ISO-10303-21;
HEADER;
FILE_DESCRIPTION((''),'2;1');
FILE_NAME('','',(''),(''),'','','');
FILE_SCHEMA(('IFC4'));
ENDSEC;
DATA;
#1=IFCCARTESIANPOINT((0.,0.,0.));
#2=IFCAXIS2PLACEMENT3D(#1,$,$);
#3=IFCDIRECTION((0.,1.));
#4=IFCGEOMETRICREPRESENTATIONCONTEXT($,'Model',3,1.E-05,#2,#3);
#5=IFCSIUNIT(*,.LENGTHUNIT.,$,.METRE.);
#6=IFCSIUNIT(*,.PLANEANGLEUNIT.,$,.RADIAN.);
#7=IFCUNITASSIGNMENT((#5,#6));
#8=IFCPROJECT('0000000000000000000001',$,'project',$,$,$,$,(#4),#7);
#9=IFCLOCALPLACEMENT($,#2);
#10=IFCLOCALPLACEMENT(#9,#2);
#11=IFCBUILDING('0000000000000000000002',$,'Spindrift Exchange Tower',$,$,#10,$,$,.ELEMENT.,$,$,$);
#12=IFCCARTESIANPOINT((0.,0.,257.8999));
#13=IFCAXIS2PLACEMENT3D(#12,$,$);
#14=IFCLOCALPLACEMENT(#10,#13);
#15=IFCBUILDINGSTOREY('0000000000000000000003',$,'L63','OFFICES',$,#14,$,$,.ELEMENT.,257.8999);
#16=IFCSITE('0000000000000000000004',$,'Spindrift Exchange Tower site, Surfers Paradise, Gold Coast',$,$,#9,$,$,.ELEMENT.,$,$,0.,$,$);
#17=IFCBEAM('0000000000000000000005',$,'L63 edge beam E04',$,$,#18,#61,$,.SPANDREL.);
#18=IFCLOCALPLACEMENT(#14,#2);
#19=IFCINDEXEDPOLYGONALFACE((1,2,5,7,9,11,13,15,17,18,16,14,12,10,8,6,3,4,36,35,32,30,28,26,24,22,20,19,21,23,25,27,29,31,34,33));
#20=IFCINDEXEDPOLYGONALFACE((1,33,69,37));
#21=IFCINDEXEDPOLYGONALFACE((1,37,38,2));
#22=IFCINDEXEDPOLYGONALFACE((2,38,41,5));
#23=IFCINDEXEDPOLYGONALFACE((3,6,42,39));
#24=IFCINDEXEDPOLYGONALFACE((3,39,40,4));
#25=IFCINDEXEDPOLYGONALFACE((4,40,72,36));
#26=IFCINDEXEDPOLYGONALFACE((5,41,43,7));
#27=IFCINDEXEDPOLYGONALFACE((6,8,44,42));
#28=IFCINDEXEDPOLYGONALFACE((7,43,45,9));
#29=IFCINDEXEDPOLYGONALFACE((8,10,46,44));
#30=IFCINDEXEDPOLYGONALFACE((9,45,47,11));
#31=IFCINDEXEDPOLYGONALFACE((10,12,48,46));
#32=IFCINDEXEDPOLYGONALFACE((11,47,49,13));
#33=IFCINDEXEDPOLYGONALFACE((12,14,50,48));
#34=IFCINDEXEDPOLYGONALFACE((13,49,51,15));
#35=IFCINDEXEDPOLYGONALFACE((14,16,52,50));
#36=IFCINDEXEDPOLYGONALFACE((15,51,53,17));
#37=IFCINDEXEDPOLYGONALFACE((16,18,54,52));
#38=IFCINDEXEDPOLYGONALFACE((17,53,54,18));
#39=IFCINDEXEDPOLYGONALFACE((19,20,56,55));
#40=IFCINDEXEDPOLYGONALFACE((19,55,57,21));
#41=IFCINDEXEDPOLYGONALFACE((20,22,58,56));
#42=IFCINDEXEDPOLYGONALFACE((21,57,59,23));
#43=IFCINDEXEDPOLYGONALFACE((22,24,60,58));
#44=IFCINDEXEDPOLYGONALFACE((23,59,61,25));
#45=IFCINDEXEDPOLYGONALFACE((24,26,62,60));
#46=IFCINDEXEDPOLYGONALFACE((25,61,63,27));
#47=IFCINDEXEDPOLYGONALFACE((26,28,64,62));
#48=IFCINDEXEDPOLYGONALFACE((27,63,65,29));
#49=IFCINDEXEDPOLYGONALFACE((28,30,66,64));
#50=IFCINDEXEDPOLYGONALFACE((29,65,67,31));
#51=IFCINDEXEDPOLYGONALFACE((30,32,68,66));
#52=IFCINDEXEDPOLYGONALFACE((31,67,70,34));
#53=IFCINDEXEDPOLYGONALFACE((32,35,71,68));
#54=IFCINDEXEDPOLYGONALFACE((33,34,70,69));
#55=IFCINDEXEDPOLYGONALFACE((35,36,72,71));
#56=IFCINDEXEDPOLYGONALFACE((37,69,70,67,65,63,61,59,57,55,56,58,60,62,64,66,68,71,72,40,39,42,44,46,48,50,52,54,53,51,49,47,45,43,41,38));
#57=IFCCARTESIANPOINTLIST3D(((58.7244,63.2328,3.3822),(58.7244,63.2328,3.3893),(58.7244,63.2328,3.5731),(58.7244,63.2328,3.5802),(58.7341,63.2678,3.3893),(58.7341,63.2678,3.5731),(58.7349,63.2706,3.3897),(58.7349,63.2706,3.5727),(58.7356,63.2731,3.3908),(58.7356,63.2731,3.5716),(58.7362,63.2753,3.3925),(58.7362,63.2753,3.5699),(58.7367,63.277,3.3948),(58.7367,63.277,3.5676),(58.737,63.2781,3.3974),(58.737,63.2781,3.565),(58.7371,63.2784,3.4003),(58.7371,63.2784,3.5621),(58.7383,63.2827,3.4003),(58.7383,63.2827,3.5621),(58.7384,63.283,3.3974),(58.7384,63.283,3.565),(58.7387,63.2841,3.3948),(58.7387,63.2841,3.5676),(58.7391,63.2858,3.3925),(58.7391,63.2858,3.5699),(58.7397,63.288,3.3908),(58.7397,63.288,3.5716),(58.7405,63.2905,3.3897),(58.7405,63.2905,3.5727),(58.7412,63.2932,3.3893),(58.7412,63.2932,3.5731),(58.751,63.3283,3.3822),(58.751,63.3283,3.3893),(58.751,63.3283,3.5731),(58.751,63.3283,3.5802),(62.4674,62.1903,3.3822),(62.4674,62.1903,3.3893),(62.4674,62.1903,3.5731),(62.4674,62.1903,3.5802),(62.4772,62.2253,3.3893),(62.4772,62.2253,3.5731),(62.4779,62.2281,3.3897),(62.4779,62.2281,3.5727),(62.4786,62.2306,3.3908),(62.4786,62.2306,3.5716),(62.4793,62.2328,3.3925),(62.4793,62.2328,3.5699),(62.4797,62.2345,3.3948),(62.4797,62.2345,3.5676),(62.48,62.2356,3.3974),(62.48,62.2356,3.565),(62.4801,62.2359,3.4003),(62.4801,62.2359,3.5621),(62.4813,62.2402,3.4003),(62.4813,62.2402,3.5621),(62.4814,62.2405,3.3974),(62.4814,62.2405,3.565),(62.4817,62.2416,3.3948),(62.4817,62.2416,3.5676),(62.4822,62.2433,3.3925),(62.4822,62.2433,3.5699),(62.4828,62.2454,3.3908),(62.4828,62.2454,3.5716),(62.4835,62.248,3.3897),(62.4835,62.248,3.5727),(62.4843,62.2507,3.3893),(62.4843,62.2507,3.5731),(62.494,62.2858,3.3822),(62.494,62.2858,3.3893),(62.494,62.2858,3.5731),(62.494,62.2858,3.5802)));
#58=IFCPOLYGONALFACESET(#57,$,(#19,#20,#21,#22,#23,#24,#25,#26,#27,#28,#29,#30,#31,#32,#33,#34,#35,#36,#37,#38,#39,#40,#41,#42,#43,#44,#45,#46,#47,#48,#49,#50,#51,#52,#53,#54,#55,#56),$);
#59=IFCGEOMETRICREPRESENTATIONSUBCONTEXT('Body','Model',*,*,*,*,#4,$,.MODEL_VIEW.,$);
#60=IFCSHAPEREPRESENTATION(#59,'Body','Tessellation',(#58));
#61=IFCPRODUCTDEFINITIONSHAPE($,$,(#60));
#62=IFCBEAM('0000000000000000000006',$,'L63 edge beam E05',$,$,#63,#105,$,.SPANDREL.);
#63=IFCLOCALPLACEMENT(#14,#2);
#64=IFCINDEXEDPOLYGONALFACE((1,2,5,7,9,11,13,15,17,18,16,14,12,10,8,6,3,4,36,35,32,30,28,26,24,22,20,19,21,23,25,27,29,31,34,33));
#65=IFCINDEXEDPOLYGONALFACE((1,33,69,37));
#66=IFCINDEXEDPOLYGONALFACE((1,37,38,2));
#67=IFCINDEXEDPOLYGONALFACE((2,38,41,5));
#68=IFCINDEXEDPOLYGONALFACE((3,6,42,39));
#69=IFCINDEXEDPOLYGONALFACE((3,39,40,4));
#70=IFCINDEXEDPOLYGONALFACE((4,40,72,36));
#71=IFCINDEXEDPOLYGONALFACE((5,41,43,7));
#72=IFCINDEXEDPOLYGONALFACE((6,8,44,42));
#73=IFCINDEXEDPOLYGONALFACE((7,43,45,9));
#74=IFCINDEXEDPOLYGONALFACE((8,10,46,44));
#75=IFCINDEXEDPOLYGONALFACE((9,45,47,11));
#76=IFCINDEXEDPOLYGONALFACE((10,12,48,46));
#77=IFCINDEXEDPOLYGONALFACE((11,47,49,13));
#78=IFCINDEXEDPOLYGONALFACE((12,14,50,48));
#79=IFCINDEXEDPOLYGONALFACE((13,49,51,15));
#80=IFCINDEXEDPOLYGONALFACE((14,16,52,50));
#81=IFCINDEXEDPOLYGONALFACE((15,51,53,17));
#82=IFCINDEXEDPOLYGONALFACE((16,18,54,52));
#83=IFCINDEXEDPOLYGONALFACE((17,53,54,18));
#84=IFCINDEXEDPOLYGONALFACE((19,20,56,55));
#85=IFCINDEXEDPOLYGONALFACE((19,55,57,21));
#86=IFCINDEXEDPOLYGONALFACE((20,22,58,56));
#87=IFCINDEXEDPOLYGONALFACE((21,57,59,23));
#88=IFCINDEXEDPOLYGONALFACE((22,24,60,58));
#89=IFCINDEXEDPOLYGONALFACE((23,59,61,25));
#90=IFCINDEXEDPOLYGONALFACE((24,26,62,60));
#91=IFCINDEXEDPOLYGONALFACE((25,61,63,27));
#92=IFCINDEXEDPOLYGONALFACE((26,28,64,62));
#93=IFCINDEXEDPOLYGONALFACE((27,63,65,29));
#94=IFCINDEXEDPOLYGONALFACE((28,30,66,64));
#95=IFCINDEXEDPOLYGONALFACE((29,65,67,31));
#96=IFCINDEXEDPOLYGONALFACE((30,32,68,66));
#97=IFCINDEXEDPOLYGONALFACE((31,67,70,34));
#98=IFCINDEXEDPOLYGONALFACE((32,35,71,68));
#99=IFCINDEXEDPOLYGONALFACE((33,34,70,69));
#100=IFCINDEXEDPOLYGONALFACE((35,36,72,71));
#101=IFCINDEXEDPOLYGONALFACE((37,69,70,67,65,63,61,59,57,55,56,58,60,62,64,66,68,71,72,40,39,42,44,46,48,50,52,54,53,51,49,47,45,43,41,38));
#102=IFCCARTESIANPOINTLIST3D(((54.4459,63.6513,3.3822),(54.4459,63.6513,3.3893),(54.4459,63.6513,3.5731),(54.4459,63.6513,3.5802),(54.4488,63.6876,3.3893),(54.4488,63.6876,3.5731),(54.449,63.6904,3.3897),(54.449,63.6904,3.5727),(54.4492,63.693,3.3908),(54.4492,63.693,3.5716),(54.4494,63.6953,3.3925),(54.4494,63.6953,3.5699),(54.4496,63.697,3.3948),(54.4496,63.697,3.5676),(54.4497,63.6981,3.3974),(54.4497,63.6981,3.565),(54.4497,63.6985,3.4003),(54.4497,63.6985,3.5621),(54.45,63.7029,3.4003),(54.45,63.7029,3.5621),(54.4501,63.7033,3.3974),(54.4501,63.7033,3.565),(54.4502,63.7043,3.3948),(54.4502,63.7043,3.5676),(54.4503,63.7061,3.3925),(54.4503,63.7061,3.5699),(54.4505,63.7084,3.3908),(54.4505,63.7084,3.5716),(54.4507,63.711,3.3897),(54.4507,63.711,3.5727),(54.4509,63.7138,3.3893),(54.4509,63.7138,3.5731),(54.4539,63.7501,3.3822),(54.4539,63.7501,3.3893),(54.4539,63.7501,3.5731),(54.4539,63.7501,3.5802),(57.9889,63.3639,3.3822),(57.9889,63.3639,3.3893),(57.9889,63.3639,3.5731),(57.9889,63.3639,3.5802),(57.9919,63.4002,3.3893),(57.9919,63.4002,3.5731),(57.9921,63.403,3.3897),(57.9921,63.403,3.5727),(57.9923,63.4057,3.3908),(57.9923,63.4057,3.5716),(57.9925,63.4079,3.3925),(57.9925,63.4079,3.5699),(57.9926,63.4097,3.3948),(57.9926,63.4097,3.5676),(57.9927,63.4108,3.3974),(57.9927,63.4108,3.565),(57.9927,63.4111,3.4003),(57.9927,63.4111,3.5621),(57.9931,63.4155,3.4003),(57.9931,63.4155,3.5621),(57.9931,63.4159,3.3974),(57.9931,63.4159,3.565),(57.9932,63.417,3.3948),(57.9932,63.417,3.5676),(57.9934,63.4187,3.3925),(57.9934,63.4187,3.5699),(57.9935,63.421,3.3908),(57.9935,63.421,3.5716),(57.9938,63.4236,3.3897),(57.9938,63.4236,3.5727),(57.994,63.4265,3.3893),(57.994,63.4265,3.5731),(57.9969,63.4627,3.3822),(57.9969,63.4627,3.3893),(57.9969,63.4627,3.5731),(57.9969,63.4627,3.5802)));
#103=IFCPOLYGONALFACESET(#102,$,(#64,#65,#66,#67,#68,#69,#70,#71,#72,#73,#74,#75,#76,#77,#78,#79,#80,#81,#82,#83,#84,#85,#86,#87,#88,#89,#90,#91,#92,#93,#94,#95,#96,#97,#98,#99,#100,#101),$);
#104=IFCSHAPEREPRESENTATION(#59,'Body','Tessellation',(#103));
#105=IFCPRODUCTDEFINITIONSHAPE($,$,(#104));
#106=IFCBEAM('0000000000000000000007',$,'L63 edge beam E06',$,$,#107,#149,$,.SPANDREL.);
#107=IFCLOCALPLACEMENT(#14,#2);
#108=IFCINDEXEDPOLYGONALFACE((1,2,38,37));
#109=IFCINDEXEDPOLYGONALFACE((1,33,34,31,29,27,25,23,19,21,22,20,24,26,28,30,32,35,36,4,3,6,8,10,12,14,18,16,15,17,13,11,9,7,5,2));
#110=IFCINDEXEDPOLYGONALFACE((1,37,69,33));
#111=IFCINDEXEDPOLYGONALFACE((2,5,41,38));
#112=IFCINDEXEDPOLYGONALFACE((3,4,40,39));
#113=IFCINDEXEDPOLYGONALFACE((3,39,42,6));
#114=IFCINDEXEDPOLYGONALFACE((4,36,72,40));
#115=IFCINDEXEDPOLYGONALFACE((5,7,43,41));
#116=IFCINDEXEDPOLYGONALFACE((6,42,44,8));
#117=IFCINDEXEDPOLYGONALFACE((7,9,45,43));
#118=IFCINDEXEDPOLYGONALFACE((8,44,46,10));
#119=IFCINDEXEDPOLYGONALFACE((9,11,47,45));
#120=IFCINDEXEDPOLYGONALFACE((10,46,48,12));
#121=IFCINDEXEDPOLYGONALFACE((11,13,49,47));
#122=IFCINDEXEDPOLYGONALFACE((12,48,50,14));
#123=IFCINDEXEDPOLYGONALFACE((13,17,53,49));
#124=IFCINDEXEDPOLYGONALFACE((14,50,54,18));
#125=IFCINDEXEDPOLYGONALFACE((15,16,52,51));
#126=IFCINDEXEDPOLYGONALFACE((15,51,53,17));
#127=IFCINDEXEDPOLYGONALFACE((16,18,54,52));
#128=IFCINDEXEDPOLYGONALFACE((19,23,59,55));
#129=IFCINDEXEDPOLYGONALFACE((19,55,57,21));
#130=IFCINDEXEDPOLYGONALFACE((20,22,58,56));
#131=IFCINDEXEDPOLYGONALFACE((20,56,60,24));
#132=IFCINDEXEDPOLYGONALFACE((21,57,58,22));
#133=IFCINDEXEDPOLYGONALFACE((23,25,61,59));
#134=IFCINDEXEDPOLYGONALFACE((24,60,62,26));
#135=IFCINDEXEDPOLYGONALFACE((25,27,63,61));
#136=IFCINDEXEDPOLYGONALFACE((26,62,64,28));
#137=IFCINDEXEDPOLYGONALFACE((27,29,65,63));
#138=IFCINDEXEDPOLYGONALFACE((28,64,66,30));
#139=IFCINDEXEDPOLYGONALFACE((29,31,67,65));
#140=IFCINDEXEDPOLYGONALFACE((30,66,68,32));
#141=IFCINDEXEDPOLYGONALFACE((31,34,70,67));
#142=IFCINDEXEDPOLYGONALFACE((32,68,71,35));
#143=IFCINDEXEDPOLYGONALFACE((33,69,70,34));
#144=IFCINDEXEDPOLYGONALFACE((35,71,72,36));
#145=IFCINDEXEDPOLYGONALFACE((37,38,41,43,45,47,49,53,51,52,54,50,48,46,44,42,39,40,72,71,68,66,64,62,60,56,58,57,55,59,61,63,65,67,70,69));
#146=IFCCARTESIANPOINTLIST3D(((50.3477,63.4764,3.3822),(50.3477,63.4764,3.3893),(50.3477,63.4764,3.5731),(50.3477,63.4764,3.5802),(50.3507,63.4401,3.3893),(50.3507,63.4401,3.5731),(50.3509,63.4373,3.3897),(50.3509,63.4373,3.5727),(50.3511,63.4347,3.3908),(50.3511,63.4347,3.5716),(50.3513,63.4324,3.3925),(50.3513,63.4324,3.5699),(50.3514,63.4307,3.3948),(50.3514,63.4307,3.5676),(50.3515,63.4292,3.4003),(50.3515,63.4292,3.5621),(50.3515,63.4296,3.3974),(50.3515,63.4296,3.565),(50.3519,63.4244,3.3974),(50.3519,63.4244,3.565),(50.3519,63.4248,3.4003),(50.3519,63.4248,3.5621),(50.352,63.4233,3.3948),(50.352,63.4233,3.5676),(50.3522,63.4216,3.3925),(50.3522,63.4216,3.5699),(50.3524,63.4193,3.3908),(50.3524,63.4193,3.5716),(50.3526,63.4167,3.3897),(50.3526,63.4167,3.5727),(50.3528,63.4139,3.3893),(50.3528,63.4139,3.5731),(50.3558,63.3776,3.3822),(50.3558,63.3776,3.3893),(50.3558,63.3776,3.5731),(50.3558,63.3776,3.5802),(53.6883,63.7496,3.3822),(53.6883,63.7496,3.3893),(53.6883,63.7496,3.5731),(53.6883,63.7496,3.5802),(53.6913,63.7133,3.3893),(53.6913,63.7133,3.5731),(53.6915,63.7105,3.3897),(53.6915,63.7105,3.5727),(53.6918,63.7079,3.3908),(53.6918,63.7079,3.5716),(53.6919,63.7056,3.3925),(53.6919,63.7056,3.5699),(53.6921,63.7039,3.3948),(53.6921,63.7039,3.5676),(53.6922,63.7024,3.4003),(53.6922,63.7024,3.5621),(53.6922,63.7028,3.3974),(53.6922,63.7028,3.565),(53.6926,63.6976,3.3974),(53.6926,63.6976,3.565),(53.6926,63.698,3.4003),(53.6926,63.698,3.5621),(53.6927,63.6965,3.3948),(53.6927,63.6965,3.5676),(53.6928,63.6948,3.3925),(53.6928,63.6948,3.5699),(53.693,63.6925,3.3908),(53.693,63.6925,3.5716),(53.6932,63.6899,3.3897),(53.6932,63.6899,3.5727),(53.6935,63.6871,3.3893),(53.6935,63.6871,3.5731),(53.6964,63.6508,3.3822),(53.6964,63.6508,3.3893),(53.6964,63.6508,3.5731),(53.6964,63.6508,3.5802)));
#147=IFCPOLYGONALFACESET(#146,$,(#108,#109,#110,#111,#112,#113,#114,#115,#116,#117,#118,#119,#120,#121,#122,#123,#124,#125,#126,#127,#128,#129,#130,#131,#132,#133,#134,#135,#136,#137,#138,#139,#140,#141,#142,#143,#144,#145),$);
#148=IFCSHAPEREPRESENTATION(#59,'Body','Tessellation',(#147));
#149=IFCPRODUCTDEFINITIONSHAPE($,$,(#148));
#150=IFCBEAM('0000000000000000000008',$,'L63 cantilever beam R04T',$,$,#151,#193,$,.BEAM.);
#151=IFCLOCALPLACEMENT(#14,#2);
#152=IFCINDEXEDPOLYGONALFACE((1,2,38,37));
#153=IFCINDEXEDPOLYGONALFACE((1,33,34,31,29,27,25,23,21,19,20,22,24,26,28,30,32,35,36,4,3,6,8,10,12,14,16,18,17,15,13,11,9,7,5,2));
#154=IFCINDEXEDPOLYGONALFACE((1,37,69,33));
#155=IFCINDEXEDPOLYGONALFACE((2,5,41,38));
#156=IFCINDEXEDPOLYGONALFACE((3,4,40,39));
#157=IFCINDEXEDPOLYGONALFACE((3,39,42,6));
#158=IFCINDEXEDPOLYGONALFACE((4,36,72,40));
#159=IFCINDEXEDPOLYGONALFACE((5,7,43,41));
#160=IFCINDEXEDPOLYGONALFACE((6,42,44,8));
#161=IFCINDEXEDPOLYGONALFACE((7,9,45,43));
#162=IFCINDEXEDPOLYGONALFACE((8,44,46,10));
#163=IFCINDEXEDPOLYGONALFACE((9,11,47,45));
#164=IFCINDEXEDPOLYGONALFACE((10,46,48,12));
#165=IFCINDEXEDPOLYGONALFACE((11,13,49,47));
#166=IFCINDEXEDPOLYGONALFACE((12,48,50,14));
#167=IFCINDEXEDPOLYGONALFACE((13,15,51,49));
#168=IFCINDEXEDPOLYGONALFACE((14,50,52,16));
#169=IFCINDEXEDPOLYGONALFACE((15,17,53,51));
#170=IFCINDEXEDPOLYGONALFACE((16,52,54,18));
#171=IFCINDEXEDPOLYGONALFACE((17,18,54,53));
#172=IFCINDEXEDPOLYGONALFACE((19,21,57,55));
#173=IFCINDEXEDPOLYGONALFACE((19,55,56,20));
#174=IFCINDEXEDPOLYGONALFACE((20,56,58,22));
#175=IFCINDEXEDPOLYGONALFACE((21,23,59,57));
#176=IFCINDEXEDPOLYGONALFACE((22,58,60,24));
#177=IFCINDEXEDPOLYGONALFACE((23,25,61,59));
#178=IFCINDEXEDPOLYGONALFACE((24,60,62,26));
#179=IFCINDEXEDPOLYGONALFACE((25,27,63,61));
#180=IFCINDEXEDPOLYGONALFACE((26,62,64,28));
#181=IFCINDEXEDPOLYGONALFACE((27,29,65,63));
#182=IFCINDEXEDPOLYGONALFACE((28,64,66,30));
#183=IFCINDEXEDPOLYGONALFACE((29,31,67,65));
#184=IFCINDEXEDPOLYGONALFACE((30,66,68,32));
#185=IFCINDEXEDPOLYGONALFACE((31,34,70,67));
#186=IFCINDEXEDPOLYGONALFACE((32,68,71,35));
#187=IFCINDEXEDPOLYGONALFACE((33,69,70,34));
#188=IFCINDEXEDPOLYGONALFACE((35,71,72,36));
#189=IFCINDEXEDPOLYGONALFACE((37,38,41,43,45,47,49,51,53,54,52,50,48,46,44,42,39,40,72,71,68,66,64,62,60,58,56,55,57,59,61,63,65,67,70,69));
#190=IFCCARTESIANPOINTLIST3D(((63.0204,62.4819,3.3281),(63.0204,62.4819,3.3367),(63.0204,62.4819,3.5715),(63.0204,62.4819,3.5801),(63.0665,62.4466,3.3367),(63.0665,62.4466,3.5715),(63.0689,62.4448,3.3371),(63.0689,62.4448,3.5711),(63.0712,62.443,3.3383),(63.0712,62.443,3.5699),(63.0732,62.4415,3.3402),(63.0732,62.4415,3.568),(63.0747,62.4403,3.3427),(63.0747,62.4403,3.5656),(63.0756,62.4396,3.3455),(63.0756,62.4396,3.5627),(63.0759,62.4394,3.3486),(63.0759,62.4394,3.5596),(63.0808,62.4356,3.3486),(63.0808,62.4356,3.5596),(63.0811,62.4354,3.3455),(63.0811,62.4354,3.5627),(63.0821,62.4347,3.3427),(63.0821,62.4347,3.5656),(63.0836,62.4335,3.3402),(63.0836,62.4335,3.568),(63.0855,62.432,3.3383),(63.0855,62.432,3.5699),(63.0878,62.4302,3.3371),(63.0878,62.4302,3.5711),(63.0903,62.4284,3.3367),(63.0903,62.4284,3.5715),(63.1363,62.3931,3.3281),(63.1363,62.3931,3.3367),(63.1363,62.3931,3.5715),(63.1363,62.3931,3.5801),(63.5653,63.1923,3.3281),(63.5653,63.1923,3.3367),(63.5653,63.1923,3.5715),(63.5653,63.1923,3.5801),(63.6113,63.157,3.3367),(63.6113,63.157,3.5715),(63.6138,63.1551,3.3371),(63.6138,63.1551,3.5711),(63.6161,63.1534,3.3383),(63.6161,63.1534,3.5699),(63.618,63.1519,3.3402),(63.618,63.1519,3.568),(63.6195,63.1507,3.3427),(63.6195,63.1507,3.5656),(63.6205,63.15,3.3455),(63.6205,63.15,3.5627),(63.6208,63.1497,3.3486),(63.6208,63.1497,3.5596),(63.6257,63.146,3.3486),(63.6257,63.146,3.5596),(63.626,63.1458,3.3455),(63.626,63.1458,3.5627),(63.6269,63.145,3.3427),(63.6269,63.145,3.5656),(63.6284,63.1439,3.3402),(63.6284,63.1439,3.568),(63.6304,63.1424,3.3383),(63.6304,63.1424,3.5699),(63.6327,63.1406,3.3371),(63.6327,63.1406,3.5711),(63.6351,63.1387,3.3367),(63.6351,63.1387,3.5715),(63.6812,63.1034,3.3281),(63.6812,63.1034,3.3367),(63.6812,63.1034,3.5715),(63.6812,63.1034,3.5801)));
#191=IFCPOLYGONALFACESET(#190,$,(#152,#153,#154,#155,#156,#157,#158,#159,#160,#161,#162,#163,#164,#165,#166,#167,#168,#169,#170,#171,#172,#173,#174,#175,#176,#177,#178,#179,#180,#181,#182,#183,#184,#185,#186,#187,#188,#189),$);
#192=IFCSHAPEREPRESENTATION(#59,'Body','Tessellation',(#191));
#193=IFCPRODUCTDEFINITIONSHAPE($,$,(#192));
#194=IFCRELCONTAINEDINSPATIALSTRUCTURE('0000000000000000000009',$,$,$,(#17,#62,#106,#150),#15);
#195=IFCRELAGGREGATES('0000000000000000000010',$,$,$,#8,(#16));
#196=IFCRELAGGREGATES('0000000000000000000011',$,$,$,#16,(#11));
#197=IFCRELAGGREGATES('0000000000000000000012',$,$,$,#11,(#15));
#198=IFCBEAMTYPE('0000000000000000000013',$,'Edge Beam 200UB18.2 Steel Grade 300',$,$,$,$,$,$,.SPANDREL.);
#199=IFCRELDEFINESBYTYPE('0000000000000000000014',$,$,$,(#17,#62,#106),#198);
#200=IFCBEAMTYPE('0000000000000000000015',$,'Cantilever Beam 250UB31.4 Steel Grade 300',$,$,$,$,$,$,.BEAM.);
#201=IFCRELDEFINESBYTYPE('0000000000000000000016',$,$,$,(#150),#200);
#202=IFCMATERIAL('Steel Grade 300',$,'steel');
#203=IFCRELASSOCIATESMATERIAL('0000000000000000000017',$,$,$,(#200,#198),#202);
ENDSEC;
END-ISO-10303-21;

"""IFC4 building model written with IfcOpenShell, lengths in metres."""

from ifc_helpers import new_model, si_unit, direction, frame, origin, origin_2d, place, context, subcontext, project, spatial, i_section, extrude, source, transform, mapped, material, material_profile, profile_set, type_object, element, save


model = new_model("IFC4")

# Units and contexts
model_context = context("Model", 3, precision=1e-05, world=origin(), true_north=direction((0.0, 1.0)))
body_context = subcontext(model_context, "Body", "Model", "MODEL_VIEW")
ifc_project = project(units=[si_unit("LENGTHUNIT", "METRE"), si_unit("PLANEANGLEUNIT", "RADIAN")], contexts=[model_context])

# Site, building, storey
site_placement = place(None, origin())
site = spatial("IfcSite", under=ifc_project, at=site_placement, Name="Spindrift Exchange Tower site, Surfers Paradise, Gold Coast", CompositionType="ELEMENT", RefElevation=0.0)
building_placement = place(site_placement, origin())
building = spatial("IfcBuilding", under=site, at=building_placement, Name="Spindrift Exchange Tower", CompositionType="ELEMENT")
storey_placement = place(building_placement, frame((0.0, 0.0, 257.8999)))
storey = spatial("IfcBuildingStorey", under=building, at=storey_placement, Name="L63", Description="OFFICES", CompositionType="ELEMENT", Elevation=257.8999)

# Beams
ifc_material_1 = material(Name="Steel Grade 300", Category="steel")
ifc_material_profile_1 = material_profile(ifc_material_1, i_section(OverallWidth=0.146, OverallDepth=0.252, WebThickness=0.0061, FlangeThickness=0.0085, FilletRadius=0.012, at=origin_2d()), Name="250UB31.4")
ifc_profile_set_1 = profile_set([ifc_material_profile_1], Name="Steel Grade 300")
beam_type_1 = type_object("IfcBeamType", Name="Cantilever Beam 250UB31.4 Steel Grade 300", PredefinedType="BEAM", material=ifc_profile_set_1)
ifc_material_profile_2 = material_profile(ifc_material_1, i_section(OverallWidth=0.0991, OverallDepth=0.198, WebThickness=0.0044, FlangeThickness=0.0071, FilletRadius=0.011, at=origin_2d()), Name="200UB18.2")
ifc_profile_set_2 = profile_set([ifc_material_profile_2], Name="Steel Grade 300")
beam_type_2 = type_object("IfcBeamType", Name="Edge Beam 200UB18.2 Steel Grade 300", PredefinedType="SPANDREL", material=ifc_profile_set_2)
shared_shape_1 = source(origin(), body_context, "Body", "SweptSolid", [
    extrude(i_section(OverallWidth=0.0991, OverallDepth=0.198, WebThickness=0.0044, FlangeThickness=0.0071, FilletRadius=0.011, at=origin_2d()), origin(), (0.0, 0.0, 1.0), 3.8855),
])
beam_1_placement = place(storey_placement, frame((62.4807, 62.238, 3.4812), z_axis=(-0.963333, 0.268308, 0.0), x_axis=(-0.268308, -0.963333, 0.0)))
element("IfcBeam", 1, at=beam_1_placement, inside=storey, type_object=beam_type_2, Name="L63 edge beam E04", PredefinedType="SPANDREL", context=body_context, shape_type="MappedRepresentation", body=[
    mapped(shared_shape_1, transform((0.0, 0.0, 0.0), scale=1.0)),
])
shared_shape_2 = source(origin(), body_context, "Body", "SweptSolid", [
    extrude(i_section(OverallWidth=0.0991, OverallDepth=0.198, WebThickness=0.0044, FlangeThickness=0.0071, FilletRadius=0.011, at=origin_2d()), origin(), (0.0, 0.0, 1.0), 3.5547),
])
beam_2_placement = place(storey_placement, frame((57.9929, 63.4133, 3.4812), z_axis=(-0.996727, 0.08084, 0.0), x_axis=(-0.08084, -0.996727, 0.0)))
element("IfcBeam", 2, at=beam_2_placement, inside=storey, type_object=beam_type_2, Name="L63 edge beam E05", PredefinedType="SPANDREL", context=body_context, shape_type="MappedRepresentation", body=[
    mapped(shared_shape_2, transform((0.0, 0.0, 0.0), scale=1.0)),
])
shared_shape_3 = source(origin(), body_context, "Body", "SweptSolid", [
    extrude(i_section(OverallWidth=0.0991, OverallDepth=0.198, WebThickness=0.0044, FlangeThickness=0.0071, FilletRadius=0.011, at=origin_2d()), origin(), (0.0, 0.0, 1.0), 3.3518),
])
beam_3_placement = place(storey_placement, frame((53.6924, 63.7002, 3.4812), z_axis=(-0.996673, -0.081508, 0.0), x_axis=(0.081508, -0.996673, 0.0)))
element("IfcBeam", 3, at=beam_3_placement, inside=storey, type_object=beam_type_2, Name="L63 edge beam E06", PredefinedType="SPANDREL", context=body_context, shape_type="MappedRepresentation", body=[
    mapped(shared_shape_3, transform((0.0, 0.0, 0.0), scale=1.0)),
])
shared_shape_4 = source(origin(), body_context, "Body", "SweptSolid", [
    extrude(i_section(OverallWidth=0.146, OverallDepth=0.252, WebThickness=0.0061, FlangeThickness=0.0085, FilletRadius=0.012, at=origin_2d()), origin(), (0.0, 0.0, 1.0), 0.8953),
])
beam_4_placement = place(storey_placement, frame((63.0784, 62.4375, 3.4541), z_axis=(0.608603, 0.793475, 0.0), x_axis=(-0.793475, 0.608603, 0.0)))
element("IfcBeam", 4, at=beam_4_placement, inside=storey, type_object=beam_type_1, Name="L63 cantilever beam R04T", PredefinedType="BEAM", context=body_context, shape_type="MappedRepresentation", body=[
    mapped(shared_shape_4, transform((0.0, 0.0, 0.0), scale=1.0)),
])

save(model, "model.ifc")
